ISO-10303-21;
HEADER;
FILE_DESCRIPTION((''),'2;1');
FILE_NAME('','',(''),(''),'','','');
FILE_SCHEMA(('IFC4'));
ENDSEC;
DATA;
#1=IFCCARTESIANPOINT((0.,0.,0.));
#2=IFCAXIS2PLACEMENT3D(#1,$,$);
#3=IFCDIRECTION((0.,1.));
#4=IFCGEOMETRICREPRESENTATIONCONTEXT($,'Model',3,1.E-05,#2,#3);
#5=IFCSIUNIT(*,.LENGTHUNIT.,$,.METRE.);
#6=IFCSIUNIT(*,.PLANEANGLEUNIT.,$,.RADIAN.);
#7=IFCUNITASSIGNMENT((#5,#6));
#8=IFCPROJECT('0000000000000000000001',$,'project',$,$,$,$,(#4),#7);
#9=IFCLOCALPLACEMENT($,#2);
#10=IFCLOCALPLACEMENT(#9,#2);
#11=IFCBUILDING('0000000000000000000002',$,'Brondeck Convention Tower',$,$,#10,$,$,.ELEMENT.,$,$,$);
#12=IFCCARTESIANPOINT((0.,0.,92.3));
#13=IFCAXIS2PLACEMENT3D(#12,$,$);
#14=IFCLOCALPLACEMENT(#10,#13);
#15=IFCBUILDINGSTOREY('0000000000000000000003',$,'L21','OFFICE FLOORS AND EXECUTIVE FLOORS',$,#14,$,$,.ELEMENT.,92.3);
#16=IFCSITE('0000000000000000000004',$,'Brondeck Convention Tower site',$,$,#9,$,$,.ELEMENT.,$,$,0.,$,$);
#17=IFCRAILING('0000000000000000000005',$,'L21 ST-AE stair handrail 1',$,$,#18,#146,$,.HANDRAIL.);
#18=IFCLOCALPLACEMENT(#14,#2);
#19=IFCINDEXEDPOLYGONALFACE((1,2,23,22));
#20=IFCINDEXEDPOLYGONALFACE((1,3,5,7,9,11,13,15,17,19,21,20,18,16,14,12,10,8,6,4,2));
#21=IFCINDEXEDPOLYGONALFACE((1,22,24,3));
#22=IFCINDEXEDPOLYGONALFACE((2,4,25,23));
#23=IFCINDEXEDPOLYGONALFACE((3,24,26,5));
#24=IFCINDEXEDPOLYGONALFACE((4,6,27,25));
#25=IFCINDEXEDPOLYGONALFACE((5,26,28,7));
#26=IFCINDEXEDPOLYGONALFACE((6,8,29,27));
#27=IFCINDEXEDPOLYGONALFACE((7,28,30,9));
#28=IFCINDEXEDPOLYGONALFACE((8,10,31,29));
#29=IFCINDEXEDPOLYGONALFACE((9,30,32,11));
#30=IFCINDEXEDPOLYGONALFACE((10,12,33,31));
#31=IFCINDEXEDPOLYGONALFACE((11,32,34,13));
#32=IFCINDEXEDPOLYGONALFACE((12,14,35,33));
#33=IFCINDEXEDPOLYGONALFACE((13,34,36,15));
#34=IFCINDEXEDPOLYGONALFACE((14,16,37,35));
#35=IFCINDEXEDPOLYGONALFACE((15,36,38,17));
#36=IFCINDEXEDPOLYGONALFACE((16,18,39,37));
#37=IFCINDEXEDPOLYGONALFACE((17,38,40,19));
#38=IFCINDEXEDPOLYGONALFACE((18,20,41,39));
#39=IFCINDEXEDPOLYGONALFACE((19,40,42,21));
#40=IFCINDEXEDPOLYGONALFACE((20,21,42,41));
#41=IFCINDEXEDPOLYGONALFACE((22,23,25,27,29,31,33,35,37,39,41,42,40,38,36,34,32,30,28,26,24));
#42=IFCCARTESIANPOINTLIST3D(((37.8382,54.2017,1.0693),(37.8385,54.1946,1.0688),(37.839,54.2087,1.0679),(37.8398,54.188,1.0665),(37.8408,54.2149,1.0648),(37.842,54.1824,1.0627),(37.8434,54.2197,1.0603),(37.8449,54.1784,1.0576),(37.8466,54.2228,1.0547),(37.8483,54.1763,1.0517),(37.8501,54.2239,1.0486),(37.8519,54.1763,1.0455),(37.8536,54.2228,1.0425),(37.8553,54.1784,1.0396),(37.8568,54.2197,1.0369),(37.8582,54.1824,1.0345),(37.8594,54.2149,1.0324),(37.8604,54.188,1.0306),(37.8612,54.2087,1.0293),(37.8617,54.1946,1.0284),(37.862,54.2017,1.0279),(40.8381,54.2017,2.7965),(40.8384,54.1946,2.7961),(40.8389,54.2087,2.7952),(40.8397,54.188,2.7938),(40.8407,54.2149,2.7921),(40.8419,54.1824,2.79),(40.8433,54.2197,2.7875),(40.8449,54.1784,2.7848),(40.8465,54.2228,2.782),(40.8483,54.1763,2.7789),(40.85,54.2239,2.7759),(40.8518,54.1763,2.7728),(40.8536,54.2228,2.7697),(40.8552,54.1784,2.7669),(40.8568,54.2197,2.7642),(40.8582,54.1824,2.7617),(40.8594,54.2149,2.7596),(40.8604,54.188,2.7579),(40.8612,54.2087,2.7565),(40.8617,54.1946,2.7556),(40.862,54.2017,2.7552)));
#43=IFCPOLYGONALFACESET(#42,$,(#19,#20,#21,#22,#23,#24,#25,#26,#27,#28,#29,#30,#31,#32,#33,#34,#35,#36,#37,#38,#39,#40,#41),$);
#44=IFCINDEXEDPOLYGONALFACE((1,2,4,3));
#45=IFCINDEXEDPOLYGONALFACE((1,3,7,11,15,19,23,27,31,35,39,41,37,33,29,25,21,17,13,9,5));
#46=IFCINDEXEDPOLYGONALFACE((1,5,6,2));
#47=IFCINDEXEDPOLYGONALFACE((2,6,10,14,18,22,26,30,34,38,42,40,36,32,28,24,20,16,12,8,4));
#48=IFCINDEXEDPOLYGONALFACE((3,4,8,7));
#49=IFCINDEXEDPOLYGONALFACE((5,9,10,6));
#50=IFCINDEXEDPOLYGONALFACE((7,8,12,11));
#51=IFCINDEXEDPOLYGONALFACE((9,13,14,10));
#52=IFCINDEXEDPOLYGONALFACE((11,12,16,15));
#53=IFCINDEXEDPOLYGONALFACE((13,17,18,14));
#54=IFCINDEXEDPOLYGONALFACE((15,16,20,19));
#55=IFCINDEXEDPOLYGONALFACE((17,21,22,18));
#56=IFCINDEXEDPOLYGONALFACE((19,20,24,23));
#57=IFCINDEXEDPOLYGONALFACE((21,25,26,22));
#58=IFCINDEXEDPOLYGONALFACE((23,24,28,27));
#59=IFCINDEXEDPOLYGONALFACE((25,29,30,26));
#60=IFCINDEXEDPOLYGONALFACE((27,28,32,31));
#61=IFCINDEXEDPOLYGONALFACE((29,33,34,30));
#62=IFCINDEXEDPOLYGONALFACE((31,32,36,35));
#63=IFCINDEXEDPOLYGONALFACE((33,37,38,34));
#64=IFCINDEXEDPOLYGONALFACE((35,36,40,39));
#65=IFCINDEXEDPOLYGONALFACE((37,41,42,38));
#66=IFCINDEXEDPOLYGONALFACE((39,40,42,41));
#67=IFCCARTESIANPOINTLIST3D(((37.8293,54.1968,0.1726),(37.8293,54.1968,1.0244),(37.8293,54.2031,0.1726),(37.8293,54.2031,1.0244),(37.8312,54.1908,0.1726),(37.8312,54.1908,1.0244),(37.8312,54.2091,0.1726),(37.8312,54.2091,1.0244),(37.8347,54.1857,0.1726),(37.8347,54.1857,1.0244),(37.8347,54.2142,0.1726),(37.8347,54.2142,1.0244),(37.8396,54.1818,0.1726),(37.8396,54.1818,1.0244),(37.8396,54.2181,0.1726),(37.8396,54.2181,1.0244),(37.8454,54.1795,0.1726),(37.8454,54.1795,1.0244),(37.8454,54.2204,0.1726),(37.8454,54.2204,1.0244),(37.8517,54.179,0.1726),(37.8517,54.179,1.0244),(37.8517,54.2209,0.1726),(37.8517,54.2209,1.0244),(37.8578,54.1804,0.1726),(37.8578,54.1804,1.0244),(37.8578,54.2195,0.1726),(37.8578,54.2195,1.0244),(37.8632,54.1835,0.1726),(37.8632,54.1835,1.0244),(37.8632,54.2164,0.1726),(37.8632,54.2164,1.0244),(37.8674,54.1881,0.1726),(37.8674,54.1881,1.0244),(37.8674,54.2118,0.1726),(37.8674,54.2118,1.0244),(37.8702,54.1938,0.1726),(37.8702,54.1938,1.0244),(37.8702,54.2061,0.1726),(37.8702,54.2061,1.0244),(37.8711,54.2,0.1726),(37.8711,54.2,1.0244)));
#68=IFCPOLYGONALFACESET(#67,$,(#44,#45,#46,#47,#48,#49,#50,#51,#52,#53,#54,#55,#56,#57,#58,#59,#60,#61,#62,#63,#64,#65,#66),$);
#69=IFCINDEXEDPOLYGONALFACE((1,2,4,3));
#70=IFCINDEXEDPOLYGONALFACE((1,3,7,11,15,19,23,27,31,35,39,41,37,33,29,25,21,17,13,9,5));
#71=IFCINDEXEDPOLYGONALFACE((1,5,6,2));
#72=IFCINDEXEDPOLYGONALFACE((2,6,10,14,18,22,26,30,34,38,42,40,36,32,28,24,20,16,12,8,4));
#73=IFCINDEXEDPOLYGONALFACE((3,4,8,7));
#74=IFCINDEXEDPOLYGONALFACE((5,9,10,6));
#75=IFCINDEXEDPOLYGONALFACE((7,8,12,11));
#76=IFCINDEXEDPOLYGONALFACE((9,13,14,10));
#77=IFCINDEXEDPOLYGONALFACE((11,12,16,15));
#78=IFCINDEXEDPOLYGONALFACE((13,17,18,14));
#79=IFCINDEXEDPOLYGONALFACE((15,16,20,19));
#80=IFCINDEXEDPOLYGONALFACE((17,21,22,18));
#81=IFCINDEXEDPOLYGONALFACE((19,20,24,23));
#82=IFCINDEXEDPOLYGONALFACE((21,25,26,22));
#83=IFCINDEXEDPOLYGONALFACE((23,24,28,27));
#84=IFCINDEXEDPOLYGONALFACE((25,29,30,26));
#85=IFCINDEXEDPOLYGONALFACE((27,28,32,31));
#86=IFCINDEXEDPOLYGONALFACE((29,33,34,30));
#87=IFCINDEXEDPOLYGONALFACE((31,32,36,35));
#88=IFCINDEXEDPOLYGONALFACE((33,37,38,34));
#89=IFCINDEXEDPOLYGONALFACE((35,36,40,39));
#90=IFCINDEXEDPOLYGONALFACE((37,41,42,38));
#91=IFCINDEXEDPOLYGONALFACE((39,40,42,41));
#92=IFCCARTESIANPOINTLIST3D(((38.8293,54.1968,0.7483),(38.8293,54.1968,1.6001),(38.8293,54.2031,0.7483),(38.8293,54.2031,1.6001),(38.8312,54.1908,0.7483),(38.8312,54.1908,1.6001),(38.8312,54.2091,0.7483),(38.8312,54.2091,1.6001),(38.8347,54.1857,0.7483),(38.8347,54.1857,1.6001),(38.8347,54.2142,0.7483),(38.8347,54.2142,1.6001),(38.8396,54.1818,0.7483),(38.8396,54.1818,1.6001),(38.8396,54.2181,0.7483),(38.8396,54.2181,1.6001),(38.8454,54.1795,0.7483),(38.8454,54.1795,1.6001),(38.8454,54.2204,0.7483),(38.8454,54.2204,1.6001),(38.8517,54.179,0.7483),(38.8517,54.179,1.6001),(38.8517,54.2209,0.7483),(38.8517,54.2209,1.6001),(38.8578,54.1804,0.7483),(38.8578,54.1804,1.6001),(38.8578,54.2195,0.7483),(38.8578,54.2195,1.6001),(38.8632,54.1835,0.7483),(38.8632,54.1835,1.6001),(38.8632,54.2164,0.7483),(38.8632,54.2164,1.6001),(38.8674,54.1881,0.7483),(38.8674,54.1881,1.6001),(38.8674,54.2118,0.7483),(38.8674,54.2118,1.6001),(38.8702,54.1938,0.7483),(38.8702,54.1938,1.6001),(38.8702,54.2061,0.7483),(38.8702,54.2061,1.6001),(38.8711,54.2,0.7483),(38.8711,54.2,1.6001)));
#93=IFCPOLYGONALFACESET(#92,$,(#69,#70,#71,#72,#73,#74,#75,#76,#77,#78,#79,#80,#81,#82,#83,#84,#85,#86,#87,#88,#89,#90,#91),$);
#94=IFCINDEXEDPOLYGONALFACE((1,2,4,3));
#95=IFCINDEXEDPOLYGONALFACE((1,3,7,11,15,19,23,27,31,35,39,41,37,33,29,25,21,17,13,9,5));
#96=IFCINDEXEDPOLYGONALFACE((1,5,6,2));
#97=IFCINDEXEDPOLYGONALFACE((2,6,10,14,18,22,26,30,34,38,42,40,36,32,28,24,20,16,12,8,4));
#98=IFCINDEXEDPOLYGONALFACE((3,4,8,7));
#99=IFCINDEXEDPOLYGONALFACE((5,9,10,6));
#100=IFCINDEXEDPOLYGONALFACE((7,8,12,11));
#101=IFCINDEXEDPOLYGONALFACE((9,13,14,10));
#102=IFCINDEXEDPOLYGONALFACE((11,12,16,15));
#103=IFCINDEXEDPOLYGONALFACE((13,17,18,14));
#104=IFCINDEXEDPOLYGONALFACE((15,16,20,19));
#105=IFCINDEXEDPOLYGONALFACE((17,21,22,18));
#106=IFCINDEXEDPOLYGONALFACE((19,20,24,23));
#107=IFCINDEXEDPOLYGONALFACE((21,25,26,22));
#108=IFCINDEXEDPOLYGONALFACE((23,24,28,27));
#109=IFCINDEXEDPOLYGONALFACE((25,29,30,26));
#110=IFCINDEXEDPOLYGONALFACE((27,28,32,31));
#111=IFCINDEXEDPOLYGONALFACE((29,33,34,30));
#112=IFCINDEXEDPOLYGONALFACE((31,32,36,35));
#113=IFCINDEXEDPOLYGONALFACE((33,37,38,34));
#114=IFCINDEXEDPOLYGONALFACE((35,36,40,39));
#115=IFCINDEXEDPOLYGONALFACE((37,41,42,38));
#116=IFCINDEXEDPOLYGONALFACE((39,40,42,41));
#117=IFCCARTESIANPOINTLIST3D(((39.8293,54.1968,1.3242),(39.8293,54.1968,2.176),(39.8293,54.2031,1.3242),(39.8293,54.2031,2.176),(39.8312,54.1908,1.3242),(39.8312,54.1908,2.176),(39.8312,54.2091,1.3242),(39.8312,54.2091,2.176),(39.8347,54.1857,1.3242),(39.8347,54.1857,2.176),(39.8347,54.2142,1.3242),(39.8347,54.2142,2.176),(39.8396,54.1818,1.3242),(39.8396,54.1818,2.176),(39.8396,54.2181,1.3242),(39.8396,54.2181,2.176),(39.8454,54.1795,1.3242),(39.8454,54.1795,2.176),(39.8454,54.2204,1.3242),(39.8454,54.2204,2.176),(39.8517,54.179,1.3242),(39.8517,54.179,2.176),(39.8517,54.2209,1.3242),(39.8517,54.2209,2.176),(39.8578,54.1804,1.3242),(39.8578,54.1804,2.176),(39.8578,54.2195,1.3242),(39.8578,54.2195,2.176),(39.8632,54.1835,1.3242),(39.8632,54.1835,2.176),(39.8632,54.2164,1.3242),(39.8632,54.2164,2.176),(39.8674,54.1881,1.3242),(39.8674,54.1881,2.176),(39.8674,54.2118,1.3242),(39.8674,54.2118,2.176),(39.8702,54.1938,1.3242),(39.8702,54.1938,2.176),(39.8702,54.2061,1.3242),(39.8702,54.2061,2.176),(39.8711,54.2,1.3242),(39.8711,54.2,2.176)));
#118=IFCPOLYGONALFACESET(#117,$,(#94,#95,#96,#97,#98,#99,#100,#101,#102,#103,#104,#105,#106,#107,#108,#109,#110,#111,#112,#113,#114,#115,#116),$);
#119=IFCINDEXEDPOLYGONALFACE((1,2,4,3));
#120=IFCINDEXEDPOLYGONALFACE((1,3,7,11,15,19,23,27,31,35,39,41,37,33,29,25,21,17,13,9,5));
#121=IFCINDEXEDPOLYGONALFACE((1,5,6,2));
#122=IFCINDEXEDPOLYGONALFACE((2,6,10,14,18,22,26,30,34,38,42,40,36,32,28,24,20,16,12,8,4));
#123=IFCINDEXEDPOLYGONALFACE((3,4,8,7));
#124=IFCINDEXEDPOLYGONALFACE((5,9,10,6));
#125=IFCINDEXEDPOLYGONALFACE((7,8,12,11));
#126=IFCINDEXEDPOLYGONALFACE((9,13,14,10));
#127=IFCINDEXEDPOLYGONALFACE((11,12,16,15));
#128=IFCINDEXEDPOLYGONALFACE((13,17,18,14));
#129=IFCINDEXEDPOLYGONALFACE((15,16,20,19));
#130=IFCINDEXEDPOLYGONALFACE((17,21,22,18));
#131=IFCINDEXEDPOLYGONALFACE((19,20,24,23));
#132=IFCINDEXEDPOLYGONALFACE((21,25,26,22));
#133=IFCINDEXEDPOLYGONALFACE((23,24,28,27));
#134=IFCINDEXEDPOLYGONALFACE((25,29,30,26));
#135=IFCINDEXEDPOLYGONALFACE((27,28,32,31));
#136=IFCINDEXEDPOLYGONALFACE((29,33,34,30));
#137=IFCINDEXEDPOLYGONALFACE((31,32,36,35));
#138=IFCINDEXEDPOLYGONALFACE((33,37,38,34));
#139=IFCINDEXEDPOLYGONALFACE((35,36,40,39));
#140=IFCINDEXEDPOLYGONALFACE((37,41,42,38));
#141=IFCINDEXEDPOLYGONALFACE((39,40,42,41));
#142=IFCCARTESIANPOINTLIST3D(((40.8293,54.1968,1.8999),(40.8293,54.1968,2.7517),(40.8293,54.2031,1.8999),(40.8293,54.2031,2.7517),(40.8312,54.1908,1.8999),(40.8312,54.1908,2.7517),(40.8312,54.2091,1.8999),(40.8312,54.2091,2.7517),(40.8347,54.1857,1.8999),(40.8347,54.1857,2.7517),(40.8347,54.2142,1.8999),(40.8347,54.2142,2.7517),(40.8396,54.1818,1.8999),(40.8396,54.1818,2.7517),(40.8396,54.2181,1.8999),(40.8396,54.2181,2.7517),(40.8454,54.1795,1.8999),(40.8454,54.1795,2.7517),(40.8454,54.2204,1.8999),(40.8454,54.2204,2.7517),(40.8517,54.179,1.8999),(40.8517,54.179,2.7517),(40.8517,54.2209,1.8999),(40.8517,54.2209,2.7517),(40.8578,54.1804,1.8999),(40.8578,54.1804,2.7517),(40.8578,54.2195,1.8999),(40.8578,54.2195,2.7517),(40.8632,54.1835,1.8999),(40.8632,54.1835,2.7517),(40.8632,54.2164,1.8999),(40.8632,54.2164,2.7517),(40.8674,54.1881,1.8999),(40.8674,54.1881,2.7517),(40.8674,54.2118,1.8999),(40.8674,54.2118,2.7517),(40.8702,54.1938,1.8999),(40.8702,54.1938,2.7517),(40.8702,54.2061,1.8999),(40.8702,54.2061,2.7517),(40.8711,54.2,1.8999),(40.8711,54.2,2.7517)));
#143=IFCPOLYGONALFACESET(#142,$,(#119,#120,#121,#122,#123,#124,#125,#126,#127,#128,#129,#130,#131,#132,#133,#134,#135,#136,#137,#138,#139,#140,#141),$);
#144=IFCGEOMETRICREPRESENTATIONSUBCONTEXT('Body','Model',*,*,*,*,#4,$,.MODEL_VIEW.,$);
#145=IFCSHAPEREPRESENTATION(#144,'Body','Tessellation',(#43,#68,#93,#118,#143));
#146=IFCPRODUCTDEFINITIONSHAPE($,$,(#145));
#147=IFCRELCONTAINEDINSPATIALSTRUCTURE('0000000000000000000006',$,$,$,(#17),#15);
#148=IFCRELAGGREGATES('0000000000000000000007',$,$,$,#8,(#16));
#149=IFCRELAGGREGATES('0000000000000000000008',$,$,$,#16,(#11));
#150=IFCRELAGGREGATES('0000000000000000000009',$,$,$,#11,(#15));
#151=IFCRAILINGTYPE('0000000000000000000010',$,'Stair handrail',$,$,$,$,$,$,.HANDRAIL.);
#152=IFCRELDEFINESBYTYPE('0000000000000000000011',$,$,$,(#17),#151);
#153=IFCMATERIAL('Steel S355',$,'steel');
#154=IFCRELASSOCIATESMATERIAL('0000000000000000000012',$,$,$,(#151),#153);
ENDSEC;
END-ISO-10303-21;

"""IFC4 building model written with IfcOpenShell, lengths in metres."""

from ifc_helpers import new_model, si_unit, direction, frame, origin, origin_2d, place, context, subcontext, project, spatial, circle, extrude, material, type_object, element, save


model = new_model("IFC4")

# Units and contexts
model_context = context("Model", 3, precision=1e-05, world=origin(), true_north=direction((0.0, 1.0)))
body_context = subcontext(model_context, "Body", "Model", "MODEL_VIEW")
ifc_project = project(units=[si_unit("LENGTHUNIT", "METRE"), si_unit("PLANEANGLEUNIT", "RADIAN")], contexts=[model_context])

# Site, building, storey
site_placement = place(None, origin())
site = spatial("IfcSite", under=ifc_project, at=site_placement, Name="Brondeck Convention Tower site", CompositionType="ELEMENT", RefElevation=0.0)
building_placement = place(site_placement, origin())
building = spatial("IfcBuilding", under=site, at=building_placement, Name="Brondeck Convention Tower", CompositionType="ELEMENT")
storey_placement = place(building_placement, frame((0.0, 0.0, 92.3)))
storey = spatial("IfcBuildingStorey", under=building, at=storey_placement, Name="L21", Description="OFFICE FLOORS AND EXECUTIVE FLOORS", CompositionType="ELEMENT", Elevation=92.3)

# Shared definitions
ifc_material_1 = material(Name="Steel S355", Category="steel")

# Railing
railing_type_1 = type_object("IfcRailingType", Name="Stair handrail", PredefinedType="HANDRAIL", material=ifc_material_1)
railing_1_placement = place(storey_placement, frame((37.8501, 54.2, 0.1726)))
element("IfcRailing", 1, at=railing_1_placement, inside=storey, type_object=railing_type_1, Name="L21 ST-AE stair handrail 1", PredefinedType="HANDRAIL", context=body_context, shape_type="SweptSolid", body=[
    extrude(circle(Radius=0.0239, at=origin_2d()), frame((0.0, 0.0, 0.876), z_axis=(0.86662, 0.0, 0.498969), x_axis=(0.0, 1.0, 0.0)), (0.0, 0.0, 1.0), 3.4617),
    extrude(circle(Radius=0.021, at=origin_2d()), origin(), (0.0, 0.0, 1.0), 0.8518),
    extrude(circle(Radius=0.021, at=origin_2d()), frame((1.0, 0.0, 0.5757)), (0.0, 0.0, 1.0), 0.8518),
    extrude(circle(Radius=0.021, at=origin_2d()), frame((2.0, 0.0, 1.1516)), (0.0, 0.0, 1.0), 0.8518),
    extrude(circle(Radius=0.021, at=origin_2d()), frame((3.0, 0.0, 1.7273)), (0.0, 0.0, 1.0), 0.8518),
])

save(model, "model.ifc")
